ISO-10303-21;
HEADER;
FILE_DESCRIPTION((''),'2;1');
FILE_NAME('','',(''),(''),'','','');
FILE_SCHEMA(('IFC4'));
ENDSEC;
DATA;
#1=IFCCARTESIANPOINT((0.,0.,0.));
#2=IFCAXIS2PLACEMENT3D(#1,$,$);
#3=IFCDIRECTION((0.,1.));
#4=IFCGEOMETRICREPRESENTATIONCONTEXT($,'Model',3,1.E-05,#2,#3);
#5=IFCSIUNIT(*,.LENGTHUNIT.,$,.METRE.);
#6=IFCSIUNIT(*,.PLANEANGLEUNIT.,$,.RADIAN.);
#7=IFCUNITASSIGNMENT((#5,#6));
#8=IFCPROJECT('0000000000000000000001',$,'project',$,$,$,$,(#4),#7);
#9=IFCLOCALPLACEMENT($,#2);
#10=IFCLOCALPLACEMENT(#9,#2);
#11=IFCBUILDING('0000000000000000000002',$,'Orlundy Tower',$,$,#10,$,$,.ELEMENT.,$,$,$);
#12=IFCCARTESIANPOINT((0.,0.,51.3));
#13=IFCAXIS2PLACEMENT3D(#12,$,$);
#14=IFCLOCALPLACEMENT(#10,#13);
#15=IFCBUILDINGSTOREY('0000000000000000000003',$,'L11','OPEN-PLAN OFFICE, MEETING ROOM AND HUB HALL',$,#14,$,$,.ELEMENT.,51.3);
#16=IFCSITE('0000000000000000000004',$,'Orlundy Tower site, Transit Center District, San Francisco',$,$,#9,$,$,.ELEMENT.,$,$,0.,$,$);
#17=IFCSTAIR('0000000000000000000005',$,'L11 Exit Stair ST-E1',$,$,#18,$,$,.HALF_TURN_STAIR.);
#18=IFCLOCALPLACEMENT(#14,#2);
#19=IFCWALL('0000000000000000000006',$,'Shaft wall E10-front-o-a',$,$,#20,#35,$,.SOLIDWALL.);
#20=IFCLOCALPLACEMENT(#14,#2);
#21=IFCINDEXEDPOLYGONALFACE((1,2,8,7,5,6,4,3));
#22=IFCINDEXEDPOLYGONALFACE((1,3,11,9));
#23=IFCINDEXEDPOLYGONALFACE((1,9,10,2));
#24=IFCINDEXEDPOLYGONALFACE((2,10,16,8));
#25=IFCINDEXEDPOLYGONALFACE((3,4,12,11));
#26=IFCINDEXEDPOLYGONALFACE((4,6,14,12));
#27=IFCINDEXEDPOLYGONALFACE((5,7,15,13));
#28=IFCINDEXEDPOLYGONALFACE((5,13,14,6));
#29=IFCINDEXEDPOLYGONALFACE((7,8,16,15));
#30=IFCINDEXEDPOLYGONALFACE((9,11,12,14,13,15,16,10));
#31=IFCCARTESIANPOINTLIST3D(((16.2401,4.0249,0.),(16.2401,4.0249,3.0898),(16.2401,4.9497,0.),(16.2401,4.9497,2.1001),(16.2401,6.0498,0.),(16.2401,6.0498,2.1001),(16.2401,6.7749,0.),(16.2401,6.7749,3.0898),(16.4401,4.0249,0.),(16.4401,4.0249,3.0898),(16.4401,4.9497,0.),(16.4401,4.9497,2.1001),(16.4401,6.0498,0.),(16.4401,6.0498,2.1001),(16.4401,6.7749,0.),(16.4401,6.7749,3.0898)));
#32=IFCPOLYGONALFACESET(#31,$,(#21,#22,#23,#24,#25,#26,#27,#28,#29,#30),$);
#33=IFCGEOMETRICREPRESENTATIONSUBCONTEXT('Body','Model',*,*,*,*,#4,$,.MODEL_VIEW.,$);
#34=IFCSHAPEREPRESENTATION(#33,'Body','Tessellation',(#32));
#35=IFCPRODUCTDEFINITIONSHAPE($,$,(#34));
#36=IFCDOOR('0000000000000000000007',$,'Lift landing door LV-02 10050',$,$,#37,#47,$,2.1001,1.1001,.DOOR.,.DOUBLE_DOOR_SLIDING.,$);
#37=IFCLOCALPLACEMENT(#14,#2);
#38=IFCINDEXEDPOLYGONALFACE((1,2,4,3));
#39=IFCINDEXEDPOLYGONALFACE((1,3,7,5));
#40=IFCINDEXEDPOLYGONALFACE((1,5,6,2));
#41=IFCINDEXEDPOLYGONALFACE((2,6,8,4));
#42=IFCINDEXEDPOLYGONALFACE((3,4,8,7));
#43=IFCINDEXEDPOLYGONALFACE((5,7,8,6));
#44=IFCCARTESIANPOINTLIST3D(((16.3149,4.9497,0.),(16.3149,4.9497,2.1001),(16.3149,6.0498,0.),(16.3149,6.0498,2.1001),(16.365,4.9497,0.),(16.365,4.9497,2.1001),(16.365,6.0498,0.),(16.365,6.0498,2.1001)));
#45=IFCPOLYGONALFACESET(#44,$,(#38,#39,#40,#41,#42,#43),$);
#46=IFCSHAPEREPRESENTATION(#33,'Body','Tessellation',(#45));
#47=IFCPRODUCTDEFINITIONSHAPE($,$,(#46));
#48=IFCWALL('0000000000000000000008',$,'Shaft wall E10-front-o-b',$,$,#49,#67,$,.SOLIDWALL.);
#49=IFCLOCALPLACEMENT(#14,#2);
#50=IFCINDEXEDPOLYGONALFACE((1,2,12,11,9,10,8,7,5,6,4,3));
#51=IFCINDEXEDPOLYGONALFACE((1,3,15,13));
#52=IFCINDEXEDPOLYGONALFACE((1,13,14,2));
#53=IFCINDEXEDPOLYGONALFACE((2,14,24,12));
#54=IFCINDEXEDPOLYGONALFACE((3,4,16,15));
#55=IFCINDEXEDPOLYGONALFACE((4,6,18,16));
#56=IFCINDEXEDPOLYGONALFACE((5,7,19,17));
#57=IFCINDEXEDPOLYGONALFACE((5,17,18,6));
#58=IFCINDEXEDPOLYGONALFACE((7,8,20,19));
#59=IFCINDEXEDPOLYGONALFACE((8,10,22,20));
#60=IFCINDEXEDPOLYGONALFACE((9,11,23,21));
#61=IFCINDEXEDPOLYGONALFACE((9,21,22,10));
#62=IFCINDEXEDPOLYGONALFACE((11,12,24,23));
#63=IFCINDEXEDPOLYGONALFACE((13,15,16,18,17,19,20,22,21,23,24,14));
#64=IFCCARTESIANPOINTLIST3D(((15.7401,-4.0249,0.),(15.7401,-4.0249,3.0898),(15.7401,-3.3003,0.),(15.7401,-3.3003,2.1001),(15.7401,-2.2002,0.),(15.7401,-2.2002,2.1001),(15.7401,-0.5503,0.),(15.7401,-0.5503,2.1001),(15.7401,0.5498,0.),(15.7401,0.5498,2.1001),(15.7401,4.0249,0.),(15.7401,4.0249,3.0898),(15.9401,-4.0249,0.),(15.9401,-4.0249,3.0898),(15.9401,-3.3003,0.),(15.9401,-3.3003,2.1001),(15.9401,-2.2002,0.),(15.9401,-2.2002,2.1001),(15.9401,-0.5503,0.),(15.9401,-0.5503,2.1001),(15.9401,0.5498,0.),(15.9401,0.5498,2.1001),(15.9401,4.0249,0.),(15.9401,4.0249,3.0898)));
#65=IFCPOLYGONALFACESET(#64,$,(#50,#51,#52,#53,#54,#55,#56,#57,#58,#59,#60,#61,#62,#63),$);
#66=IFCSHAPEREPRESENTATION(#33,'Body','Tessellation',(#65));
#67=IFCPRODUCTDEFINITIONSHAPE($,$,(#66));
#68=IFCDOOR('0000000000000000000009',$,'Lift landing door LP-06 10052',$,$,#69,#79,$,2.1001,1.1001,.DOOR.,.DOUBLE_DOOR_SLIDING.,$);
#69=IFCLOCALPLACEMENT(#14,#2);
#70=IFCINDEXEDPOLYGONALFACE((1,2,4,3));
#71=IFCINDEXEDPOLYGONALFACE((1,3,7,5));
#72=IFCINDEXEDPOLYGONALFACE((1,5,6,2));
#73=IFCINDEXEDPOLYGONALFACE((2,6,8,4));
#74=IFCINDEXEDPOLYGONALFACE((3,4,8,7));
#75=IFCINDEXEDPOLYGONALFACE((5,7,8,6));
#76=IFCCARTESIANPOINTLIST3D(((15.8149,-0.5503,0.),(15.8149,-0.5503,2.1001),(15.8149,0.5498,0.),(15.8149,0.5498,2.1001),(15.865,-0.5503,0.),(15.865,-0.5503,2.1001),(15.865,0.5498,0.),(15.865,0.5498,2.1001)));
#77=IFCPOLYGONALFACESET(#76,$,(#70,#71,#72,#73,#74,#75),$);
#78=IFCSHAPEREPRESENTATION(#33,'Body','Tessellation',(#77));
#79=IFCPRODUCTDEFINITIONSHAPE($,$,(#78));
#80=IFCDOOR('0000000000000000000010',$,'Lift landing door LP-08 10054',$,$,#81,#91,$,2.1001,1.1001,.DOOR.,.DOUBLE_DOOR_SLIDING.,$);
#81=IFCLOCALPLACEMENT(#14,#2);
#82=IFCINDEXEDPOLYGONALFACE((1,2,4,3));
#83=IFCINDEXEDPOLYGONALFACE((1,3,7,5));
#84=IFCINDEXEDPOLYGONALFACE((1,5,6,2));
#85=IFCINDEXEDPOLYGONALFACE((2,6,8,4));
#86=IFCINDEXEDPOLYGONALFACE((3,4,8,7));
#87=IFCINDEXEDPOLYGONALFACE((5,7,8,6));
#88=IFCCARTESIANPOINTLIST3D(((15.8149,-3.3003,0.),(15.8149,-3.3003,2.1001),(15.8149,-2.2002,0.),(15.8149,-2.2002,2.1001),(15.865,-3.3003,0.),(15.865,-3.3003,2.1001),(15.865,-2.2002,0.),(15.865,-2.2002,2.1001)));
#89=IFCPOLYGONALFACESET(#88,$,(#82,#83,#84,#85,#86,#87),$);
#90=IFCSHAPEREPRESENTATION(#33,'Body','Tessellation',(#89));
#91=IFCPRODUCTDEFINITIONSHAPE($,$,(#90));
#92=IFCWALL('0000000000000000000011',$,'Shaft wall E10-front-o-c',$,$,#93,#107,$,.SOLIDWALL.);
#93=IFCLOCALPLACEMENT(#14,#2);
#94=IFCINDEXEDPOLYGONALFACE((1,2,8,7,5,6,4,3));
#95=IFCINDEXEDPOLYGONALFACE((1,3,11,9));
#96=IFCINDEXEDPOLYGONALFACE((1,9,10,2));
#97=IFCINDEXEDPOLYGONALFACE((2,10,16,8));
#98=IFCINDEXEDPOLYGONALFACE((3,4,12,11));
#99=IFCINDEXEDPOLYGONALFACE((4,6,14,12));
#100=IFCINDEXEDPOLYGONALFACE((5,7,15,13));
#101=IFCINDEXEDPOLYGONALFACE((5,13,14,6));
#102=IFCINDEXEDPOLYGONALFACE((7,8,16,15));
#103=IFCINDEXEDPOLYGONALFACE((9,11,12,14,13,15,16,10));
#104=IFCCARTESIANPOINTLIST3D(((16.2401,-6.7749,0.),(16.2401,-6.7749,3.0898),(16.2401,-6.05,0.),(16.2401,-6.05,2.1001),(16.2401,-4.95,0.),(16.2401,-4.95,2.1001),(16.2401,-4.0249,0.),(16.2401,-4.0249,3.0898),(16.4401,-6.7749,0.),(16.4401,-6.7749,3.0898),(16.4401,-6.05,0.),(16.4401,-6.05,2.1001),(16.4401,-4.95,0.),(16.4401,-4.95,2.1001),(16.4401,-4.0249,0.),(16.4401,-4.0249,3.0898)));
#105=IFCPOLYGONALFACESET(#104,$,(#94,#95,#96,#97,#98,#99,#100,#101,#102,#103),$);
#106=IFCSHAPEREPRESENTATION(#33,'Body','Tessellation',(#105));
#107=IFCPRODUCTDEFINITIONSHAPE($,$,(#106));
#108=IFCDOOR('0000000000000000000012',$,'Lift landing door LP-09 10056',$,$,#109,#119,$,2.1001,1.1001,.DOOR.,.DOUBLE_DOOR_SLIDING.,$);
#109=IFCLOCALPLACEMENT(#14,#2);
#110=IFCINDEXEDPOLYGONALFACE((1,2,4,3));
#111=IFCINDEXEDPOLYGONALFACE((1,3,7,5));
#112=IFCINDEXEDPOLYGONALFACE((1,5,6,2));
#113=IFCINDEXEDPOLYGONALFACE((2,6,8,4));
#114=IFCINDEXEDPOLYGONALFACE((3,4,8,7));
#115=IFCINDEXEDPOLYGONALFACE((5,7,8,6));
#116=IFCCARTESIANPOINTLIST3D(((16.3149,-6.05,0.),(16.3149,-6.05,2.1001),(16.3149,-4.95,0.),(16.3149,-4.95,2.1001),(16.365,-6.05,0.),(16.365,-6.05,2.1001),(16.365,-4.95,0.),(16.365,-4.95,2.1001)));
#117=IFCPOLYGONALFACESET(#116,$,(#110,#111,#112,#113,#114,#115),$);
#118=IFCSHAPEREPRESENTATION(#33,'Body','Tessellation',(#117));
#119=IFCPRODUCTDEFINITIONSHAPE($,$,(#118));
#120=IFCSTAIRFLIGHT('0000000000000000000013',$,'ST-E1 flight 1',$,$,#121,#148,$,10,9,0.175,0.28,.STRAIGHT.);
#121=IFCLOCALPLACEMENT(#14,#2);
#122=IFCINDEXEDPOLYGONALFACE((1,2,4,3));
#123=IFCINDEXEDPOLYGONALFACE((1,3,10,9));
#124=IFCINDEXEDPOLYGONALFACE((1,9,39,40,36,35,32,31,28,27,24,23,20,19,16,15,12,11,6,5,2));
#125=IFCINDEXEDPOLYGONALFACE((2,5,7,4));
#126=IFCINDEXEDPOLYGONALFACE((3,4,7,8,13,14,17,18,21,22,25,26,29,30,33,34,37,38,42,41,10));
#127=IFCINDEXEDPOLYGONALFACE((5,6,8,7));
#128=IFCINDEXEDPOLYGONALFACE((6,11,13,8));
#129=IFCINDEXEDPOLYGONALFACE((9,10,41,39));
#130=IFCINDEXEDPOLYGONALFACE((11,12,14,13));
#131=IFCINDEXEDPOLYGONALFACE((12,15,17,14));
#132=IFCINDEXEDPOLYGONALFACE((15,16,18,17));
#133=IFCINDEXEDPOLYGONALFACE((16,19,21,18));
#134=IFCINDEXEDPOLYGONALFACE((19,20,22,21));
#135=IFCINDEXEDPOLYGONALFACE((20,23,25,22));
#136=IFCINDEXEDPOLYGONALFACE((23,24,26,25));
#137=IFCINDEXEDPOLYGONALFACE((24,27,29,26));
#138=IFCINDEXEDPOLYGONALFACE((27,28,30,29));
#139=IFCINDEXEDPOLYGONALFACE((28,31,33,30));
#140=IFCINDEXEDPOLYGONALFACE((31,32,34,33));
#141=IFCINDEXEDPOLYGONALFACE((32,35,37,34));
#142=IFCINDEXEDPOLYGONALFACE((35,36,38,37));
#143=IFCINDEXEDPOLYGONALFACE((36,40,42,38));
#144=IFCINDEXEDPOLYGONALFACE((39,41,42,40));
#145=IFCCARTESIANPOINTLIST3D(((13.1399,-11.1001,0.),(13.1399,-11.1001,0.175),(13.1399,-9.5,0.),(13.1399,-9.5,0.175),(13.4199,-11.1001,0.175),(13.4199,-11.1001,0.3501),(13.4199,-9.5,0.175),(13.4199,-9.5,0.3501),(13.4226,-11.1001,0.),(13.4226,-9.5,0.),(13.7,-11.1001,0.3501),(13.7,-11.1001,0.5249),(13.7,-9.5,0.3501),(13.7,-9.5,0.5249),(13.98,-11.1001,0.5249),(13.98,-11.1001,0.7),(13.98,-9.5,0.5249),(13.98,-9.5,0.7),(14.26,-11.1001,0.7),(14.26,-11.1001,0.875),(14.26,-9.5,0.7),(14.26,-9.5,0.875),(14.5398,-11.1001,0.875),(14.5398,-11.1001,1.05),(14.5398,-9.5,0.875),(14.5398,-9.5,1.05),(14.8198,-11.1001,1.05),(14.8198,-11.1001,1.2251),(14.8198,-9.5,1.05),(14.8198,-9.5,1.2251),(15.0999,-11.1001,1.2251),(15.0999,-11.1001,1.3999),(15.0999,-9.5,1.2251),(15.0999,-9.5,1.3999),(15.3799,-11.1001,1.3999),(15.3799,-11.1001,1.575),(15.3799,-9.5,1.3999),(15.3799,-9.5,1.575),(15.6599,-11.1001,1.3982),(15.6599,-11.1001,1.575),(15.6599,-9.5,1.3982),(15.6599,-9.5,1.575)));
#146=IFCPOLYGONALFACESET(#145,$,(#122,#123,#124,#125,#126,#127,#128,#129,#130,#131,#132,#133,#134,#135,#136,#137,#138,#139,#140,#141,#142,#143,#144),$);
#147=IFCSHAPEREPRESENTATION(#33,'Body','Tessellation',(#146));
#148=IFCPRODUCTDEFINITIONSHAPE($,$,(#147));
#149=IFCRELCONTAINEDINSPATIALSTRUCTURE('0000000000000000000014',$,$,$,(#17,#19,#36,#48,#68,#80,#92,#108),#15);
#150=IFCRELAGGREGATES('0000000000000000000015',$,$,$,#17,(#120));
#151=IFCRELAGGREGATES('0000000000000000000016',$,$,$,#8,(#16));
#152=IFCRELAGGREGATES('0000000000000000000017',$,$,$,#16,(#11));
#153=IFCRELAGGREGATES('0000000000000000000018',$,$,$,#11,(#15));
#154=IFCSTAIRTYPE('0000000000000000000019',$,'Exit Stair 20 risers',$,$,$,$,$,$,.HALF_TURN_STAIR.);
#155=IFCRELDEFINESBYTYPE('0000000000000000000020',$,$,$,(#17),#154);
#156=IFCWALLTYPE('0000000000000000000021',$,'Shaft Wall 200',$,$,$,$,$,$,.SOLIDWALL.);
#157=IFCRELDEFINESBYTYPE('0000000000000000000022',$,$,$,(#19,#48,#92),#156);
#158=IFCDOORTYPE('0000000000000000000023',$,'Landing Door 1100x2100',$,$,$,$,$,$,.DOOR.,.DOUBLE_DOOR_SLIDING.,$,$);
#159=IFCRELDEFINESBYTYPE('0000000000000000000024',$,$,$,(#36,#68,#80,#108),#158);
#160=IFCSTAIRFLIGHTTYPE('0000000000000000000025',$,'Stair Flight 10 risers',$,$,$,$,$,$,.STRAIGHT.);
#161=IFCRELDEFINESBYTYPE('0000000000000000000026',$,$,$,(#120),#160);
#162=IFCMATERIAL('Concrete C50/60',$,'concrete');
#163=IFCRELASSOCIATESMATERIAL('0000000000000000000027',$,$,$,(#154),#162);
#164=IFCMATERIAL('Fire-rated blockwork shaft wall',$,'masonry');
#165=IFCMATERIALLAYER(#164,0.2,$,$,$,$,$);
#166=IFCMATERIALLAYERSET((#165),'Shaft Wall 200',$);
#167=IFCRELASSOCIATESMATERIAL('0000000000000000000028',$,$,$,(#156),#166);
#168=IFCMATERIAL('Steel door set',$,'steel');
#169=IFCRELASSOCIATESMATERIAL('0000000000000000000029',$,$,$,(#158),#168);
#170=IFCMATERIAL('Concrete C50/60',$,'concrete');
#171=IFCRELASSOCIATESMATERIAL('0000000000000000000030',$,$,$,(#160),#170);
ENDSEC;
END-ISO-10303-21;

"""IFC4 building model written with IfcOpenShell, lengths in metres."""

from ifc_helpers import new_model, si_unit, direction, frame, frame_2d, origin, place, context, subcontext, project, spatial, polyline, rectangle, outline, extrude, material, layer, layer_set, type_object, element, fill, aggregate, save


model = new_model("IFC4")

# Units and contexts
model_context = context("Model", 3, precision=1e-05, world=origin(), true_north=direction((0.0, 1.0)))
body_context = subcontext(model_context, "Body", "Model", "MODEL_VIEW")
ifc_project = project(units=[si_unit("LENGTHUNIT", "METRE"), si_unit("PLANEANGLEUNIT", "RADIAN")], contexts=[model_context])

# Site, building, storey
site_placement = place(None, origin())
site = spatial("IfcSite", under=ifc_project, at=site_placement, Name="Orlundy Tower site, Transit Center District, San Francisco", CompositionType="ELEMENT", RefElevation=0.0)
building_placement = place(site_placement, origin())
building = spatial("IfcBuilding", under=site, at=building_placement, Name="Orlundy Tower", CompositionType="ELEMENT")
storey_placement = place(building_placement, frame((0.0, 0.0, 51.3)))
storey = spatial("IfcBuildingStorey", under=building, at=storey_placement, Name="L11", Description="OPEN-PLAN OFFICE, MEETING ROOM AND HUB HALL", CompositionType="ELEMENT", Elevation=51.3)

# Stair
ifc_material_1 = material(Name="Concrete C50/60", Category="concrete")
stair_type = type_object("IfcStairType", Name="Exit Stair 20 risers", PredefinedType="HALF_TURN_STAIR", material=ifc_material_1)
stair_1_placement = place(storey_placement, origin())
stair_1 = element("IfcStair", 1, at=stair_1_placement, inside=storey, type_object=stair_type, Name="L11 Exit Stair ST-E1", PredefinedType="HALF_TURN_STAIR")

# Shared definitions
ifc_material_2 = material(Name="Fire-rated blockwork shaft wall", Category="masonry")
ifc_layer_1 = layer(ifc_material_2, 0.2)
ifc_layer_set_1 = layer_set([ifc_layer_1], Name="Shaft Wall 200")
wall_type_1 = type_object("IfcWallType", Name="Shaft Wall 200", PredefinedType="SOLIDWALL", material=ifc_layer_set_1)

# Wall, opening, door
wall_1_placement = place(storey_placement, frame((16.3401, 6.7749, 0.0), z_axis=(0.0, 0.0, 1.0), x_axis=(0.0, -1.0, 0.0)))
wall_1 = element("IfcWall", 2, at=wall_1_placement, inside=storey, type_object=wall_type_1, Name="Shaft wall E10-front-o-a", PredefinedType="SOLIDWALL", context=body_context, shape_type="SweptSolid", body=[
    extrude(rectangle(XDim=2.75, YDim=0.2, at=frame_2d((1.375, 0.0))), origin(), (0.0, 0.0, 1.0), 3.0898),
])
opening_1_placement = place(wall_1_placement, frame((0.7251, 0.0, 0.0)))
opening_1 = element("IfcOpeningElement", 3, at=opening_1_placement, cuts=wall_1, PredefinedType="OPENING", context=body_context, shape_type="SweptSolid", body=[
    extrude(rectangle(XDim=1.1001, YDim=2.1001, at=frame_2d((0.55, 1.05))), frame((0.0, 0.1101, 0.0), z_axis=(0.0, -1.0, 0.0), x_axis=(1.0, 0.0, 0.0)), (0.0, 0.0, 1.0), 0.2202),
])
ifc_material_3 = material(Name="Steel door set", Category="steel")
door_type_1 = type_object("IfcDoorType", Name="Landing Door 1100x2100", OperationType="DOUBLE_DOOR_SLIDING", PredefinedType="DOOR", material=ifc_material_3)
door_1_placement = place(opening_1_placement, origin())
door_1 = element("IfcDoor", 4, at=door_1_placement, inside=storey, type_object=door_type_1, Name="Lift landing door LV-02 10050", OperationType="DOUBLE_DOOR_SLIDING", OverallHeight=2.1001, OverallWidth=1.1001, PredefinedType="DOOR", context=body_context, shape_type="SweptSolid", body=[
    extrude(rectangle(XDim=1.1001, YDim=2.1001, at=frame_2d((0.55, 1.05))), frame((0.0, 0.0249, 0.0), z_axis=(0.0, -1.0, 0.0), x_axis=(1.0, 0.0, 0.0)), (0.0, 0.0, 1.0), 0.05),
])
fill(opening_1, door_1)

# Wall, openings, doors
wall_2_placement = place(storey_placement, frame((15.8401, 4.0249, 0.0), z_axis=(0.0, 0.0, 1.0), x_axis=(0.0, -1.0, 0.0)))
wall_2 = element("IfcWall", 5, at=wall_2_placement, inside=storey, type_object=wall_type_1, Name="Shaft wall E10-front-o-b", PredefinedType="SOLIDWALL", context=body_context, shape_type="SweptSolid", body=[
    extrude(rectangle(XDim=8.0498, YDim=0.2, at=frame_2d((4.0249, 0.0))), origin(), (0.0, 0.0, 1.0), 3.0898),
])
opening_2_placement = place(wall_2_placement, frame((3.4751, 0.0, 0.0)))
opening_2 = element("IfcOpeningElement", 6, at=opening_2_placement, cuts=wall_2, PredefinedType="OPENING", context=body_context, shape_type="SweptSolid", body=[
    extrude(rectangle(XDim=1.1001, YDim=2.1001, at=frame_2d((0.55, 1.05))), frame((0.0, 0.1101, 0.0), z_axis=(0.0, -1.0, 0.0), x_axis=(1.0, 0.0, 0.0)), (0.0, 0.0, 1.0), 0.2202),
])
opening_3_placement = place(wall_2_placement, frame((6.2251, 0.0, 0.0)))
opening_3 = element("IfcOpeningElement", 7, at=opening_3_placement, cuts=wall_2, PredefinedType="OPENING", context=body_context, shape_type="SweptSolid", body=[
    extrude(rectangle(XDim=1.1001, YDim=2.1001, at=frame_2d((0.55, 1.05))), frame((0.0, 0.1101, 0.0), z_axis=(0.0, -1.0, 0.0), x_axis=(1.0, 0.0, 0.0)), (0.0, 0.0, 1.0), 0.2202),
])
door_2_placement = place(opening_2_placement, origin())
door_2 = element("IfcDoor", 8, at=door_2_placement, inside=storey, type_object=door_type_1, Name="Lift landing door LP-06 10052", OperationType="DOUBLE_DOOR_SLIDING", OverallHeight=2.1001, OverallWidth=1.1001, PredefinedType="DOOR", context=body_context, shape_type="SweptSolid", body=[
    extrude(rectangle(XDim=1.1001, YDim=2.1001, at=frame_2d((0.55, 1.05))), frame((0.0, 0.0249, 0.0), z_axis=(0.0, -1.0, 0.0), x_axis=(1.0, 0.0, 0.0)), (0.0, 0.0, 1.0), 0.05),
])
fill(opening_2, door_2)
door_3_placement = place(opening_3_placement, origin())
door_3 = element("IfcDoor", 9, at=door_3_placement, inside=storey, type_object=door_type_1, Name="Lift landing door LP-08 10054", OperationType="DOUBLE_DOOR_SLIDING", OverallHeight=2.1001, OverallWidth=1.1001, PredefinedType="DOOR", context=body_context, shape_type="SweptSolid", body=[
    extrude(rectangle(XDim=1.1001, YDim=2.1001, at=frame_2d((0.55, 1.05))), frame((0.0, 0.0249, 0.0), z_axis=(0.0, -1.0, 0.0), x_axis=(1.0, 0.0, 0.0)), (0.0, 0.0, 1.0), 0.05),
])
fill(opening_3, door_3)

# Wall, opening, door
wall_3_placement = place(storey_placement, frame((16.3401, -4.0249, 0.0), z_axis=(0.0, 0.0, 1.0), x_axis=(0.0, -1.0, 0.0)))
wall_3 = element("IfcWall", 10, at=wall_3_placement, inside=storey, type_object=wall_type_1, Name="Shaft wall E10-front-o-c", PredefinedType="SOLIDWALL", context=body_context, shape_type="SweptSolid", body=[
    extrude(rectangle(XDim=2.75, YDim=0.2, at=frame_2d((1.375, 0.0))), origin(), (0.0, 0.0, 1.0), 3.0898),
])
opening_4_placement = place(wall_3_placement, frame((0.925, 0.0, 0.0)))
opening_4 = element("IfcOpeningElement", 11, at=opening_4_placement, cuts=wall_3, PredefinedType="OPENING", context=body_context, shape_type="SweptSolid", body=[
    extrude(rectangle(XDim=1.1001, YDim=2.1001, at=frame_2d((0.55, 1.05))), frame((0.0, 0.1101, 0.0), z_axis=(0.0, -1.0, 0.0), x_axis=(1.0, 0.0, 0.0)), (0.0, 0.0, 1.0), 0.2202),
])
door_4_placement = place(opening_4_placement, origin())
door_4 = element("IfcDoor", 12, at=door_4_placement, inside=storey, type_object=door_type_1, Name="Lift landing door LP-09 10056", OperationType="DOUBLE_DOOR_SLIDING", OverallHeight=2.1001, OverallWidth=1.1001, PredefinedType="DOOR", context=body_context, shape_type="SweptSolid", body=[
    extrude(rectangle(XDim=1.1001, YDim=2.1001, at=frame_2d((0.55, 1.05))), frame((0.0, 0.0249, 0.0), z_axis=(0.0, -1.0, 0.0), x_axis=(1.0, 0.0, 0.0)), (0.0, 0.0, 1.0), 0.05),
])
fill(opening_4, door_4)

# Stair flight
ifc_material_4 = material(Name="Concrete C50/60", Category="concrete")
stair_flight_type = type_object("IfcStairFlightType", Name="Stair Flight 10 risers", PredefinedType="STRAIGHT", material=ifc_material_4)
stair_flight_1_placement = place(storey_placement, frame((13.1399, -10.3, 0.0), z_axis=(0.0, 0.0, 1.0), x_axis=(1.0, 0.0, 0.0)))
stair_flight_1 = element("IfcStairFlight", 13, at=stair_flight_1_placement, type_object=stair_flight_type, Name="ST-E1 flight 1", NumberOfRisers=10, NumberOfTreads=9, PredefinedType="STRAIGHT", RiserHeight=0.175, TreadLength=0.28, context=body_context, shape_type="SweptSolid", body=[
    extrude(outline(polyline([(0.0, 0.0), (0.0, 0.175), (0.28, 0.175), (0.28, 0.3501), (0.5601, 0.3501), (0.5601, 0.5249), (0.8401, 0.5249), (0.8401, 0.7), (1.1201, 0.7), (1.1201, 0.875), (1.3999, 0.875), (1.3999, 1.05), (1.6799, 1.05), (1.6799, 1.2251), (1.96, 1.2251), (1.96, 1.3999), (2.24, 1.3999), (2.24, 1.575), (2.52, 1.575), (2.52, 1.75), (2.52, 1.3982), (0.2827, 0.0), (0.0, 0.0)])), frame((0.0, 0.8, 0.0), z_axis=(0.0, -1.0, 0.0), x_axis=(1.0, 0.0, 0.0)), (0.0, 0.0, 1.0), 1.6001),
])
aggregate(stair_1, [stair_flight_1])

save(model, "model.ifc")
